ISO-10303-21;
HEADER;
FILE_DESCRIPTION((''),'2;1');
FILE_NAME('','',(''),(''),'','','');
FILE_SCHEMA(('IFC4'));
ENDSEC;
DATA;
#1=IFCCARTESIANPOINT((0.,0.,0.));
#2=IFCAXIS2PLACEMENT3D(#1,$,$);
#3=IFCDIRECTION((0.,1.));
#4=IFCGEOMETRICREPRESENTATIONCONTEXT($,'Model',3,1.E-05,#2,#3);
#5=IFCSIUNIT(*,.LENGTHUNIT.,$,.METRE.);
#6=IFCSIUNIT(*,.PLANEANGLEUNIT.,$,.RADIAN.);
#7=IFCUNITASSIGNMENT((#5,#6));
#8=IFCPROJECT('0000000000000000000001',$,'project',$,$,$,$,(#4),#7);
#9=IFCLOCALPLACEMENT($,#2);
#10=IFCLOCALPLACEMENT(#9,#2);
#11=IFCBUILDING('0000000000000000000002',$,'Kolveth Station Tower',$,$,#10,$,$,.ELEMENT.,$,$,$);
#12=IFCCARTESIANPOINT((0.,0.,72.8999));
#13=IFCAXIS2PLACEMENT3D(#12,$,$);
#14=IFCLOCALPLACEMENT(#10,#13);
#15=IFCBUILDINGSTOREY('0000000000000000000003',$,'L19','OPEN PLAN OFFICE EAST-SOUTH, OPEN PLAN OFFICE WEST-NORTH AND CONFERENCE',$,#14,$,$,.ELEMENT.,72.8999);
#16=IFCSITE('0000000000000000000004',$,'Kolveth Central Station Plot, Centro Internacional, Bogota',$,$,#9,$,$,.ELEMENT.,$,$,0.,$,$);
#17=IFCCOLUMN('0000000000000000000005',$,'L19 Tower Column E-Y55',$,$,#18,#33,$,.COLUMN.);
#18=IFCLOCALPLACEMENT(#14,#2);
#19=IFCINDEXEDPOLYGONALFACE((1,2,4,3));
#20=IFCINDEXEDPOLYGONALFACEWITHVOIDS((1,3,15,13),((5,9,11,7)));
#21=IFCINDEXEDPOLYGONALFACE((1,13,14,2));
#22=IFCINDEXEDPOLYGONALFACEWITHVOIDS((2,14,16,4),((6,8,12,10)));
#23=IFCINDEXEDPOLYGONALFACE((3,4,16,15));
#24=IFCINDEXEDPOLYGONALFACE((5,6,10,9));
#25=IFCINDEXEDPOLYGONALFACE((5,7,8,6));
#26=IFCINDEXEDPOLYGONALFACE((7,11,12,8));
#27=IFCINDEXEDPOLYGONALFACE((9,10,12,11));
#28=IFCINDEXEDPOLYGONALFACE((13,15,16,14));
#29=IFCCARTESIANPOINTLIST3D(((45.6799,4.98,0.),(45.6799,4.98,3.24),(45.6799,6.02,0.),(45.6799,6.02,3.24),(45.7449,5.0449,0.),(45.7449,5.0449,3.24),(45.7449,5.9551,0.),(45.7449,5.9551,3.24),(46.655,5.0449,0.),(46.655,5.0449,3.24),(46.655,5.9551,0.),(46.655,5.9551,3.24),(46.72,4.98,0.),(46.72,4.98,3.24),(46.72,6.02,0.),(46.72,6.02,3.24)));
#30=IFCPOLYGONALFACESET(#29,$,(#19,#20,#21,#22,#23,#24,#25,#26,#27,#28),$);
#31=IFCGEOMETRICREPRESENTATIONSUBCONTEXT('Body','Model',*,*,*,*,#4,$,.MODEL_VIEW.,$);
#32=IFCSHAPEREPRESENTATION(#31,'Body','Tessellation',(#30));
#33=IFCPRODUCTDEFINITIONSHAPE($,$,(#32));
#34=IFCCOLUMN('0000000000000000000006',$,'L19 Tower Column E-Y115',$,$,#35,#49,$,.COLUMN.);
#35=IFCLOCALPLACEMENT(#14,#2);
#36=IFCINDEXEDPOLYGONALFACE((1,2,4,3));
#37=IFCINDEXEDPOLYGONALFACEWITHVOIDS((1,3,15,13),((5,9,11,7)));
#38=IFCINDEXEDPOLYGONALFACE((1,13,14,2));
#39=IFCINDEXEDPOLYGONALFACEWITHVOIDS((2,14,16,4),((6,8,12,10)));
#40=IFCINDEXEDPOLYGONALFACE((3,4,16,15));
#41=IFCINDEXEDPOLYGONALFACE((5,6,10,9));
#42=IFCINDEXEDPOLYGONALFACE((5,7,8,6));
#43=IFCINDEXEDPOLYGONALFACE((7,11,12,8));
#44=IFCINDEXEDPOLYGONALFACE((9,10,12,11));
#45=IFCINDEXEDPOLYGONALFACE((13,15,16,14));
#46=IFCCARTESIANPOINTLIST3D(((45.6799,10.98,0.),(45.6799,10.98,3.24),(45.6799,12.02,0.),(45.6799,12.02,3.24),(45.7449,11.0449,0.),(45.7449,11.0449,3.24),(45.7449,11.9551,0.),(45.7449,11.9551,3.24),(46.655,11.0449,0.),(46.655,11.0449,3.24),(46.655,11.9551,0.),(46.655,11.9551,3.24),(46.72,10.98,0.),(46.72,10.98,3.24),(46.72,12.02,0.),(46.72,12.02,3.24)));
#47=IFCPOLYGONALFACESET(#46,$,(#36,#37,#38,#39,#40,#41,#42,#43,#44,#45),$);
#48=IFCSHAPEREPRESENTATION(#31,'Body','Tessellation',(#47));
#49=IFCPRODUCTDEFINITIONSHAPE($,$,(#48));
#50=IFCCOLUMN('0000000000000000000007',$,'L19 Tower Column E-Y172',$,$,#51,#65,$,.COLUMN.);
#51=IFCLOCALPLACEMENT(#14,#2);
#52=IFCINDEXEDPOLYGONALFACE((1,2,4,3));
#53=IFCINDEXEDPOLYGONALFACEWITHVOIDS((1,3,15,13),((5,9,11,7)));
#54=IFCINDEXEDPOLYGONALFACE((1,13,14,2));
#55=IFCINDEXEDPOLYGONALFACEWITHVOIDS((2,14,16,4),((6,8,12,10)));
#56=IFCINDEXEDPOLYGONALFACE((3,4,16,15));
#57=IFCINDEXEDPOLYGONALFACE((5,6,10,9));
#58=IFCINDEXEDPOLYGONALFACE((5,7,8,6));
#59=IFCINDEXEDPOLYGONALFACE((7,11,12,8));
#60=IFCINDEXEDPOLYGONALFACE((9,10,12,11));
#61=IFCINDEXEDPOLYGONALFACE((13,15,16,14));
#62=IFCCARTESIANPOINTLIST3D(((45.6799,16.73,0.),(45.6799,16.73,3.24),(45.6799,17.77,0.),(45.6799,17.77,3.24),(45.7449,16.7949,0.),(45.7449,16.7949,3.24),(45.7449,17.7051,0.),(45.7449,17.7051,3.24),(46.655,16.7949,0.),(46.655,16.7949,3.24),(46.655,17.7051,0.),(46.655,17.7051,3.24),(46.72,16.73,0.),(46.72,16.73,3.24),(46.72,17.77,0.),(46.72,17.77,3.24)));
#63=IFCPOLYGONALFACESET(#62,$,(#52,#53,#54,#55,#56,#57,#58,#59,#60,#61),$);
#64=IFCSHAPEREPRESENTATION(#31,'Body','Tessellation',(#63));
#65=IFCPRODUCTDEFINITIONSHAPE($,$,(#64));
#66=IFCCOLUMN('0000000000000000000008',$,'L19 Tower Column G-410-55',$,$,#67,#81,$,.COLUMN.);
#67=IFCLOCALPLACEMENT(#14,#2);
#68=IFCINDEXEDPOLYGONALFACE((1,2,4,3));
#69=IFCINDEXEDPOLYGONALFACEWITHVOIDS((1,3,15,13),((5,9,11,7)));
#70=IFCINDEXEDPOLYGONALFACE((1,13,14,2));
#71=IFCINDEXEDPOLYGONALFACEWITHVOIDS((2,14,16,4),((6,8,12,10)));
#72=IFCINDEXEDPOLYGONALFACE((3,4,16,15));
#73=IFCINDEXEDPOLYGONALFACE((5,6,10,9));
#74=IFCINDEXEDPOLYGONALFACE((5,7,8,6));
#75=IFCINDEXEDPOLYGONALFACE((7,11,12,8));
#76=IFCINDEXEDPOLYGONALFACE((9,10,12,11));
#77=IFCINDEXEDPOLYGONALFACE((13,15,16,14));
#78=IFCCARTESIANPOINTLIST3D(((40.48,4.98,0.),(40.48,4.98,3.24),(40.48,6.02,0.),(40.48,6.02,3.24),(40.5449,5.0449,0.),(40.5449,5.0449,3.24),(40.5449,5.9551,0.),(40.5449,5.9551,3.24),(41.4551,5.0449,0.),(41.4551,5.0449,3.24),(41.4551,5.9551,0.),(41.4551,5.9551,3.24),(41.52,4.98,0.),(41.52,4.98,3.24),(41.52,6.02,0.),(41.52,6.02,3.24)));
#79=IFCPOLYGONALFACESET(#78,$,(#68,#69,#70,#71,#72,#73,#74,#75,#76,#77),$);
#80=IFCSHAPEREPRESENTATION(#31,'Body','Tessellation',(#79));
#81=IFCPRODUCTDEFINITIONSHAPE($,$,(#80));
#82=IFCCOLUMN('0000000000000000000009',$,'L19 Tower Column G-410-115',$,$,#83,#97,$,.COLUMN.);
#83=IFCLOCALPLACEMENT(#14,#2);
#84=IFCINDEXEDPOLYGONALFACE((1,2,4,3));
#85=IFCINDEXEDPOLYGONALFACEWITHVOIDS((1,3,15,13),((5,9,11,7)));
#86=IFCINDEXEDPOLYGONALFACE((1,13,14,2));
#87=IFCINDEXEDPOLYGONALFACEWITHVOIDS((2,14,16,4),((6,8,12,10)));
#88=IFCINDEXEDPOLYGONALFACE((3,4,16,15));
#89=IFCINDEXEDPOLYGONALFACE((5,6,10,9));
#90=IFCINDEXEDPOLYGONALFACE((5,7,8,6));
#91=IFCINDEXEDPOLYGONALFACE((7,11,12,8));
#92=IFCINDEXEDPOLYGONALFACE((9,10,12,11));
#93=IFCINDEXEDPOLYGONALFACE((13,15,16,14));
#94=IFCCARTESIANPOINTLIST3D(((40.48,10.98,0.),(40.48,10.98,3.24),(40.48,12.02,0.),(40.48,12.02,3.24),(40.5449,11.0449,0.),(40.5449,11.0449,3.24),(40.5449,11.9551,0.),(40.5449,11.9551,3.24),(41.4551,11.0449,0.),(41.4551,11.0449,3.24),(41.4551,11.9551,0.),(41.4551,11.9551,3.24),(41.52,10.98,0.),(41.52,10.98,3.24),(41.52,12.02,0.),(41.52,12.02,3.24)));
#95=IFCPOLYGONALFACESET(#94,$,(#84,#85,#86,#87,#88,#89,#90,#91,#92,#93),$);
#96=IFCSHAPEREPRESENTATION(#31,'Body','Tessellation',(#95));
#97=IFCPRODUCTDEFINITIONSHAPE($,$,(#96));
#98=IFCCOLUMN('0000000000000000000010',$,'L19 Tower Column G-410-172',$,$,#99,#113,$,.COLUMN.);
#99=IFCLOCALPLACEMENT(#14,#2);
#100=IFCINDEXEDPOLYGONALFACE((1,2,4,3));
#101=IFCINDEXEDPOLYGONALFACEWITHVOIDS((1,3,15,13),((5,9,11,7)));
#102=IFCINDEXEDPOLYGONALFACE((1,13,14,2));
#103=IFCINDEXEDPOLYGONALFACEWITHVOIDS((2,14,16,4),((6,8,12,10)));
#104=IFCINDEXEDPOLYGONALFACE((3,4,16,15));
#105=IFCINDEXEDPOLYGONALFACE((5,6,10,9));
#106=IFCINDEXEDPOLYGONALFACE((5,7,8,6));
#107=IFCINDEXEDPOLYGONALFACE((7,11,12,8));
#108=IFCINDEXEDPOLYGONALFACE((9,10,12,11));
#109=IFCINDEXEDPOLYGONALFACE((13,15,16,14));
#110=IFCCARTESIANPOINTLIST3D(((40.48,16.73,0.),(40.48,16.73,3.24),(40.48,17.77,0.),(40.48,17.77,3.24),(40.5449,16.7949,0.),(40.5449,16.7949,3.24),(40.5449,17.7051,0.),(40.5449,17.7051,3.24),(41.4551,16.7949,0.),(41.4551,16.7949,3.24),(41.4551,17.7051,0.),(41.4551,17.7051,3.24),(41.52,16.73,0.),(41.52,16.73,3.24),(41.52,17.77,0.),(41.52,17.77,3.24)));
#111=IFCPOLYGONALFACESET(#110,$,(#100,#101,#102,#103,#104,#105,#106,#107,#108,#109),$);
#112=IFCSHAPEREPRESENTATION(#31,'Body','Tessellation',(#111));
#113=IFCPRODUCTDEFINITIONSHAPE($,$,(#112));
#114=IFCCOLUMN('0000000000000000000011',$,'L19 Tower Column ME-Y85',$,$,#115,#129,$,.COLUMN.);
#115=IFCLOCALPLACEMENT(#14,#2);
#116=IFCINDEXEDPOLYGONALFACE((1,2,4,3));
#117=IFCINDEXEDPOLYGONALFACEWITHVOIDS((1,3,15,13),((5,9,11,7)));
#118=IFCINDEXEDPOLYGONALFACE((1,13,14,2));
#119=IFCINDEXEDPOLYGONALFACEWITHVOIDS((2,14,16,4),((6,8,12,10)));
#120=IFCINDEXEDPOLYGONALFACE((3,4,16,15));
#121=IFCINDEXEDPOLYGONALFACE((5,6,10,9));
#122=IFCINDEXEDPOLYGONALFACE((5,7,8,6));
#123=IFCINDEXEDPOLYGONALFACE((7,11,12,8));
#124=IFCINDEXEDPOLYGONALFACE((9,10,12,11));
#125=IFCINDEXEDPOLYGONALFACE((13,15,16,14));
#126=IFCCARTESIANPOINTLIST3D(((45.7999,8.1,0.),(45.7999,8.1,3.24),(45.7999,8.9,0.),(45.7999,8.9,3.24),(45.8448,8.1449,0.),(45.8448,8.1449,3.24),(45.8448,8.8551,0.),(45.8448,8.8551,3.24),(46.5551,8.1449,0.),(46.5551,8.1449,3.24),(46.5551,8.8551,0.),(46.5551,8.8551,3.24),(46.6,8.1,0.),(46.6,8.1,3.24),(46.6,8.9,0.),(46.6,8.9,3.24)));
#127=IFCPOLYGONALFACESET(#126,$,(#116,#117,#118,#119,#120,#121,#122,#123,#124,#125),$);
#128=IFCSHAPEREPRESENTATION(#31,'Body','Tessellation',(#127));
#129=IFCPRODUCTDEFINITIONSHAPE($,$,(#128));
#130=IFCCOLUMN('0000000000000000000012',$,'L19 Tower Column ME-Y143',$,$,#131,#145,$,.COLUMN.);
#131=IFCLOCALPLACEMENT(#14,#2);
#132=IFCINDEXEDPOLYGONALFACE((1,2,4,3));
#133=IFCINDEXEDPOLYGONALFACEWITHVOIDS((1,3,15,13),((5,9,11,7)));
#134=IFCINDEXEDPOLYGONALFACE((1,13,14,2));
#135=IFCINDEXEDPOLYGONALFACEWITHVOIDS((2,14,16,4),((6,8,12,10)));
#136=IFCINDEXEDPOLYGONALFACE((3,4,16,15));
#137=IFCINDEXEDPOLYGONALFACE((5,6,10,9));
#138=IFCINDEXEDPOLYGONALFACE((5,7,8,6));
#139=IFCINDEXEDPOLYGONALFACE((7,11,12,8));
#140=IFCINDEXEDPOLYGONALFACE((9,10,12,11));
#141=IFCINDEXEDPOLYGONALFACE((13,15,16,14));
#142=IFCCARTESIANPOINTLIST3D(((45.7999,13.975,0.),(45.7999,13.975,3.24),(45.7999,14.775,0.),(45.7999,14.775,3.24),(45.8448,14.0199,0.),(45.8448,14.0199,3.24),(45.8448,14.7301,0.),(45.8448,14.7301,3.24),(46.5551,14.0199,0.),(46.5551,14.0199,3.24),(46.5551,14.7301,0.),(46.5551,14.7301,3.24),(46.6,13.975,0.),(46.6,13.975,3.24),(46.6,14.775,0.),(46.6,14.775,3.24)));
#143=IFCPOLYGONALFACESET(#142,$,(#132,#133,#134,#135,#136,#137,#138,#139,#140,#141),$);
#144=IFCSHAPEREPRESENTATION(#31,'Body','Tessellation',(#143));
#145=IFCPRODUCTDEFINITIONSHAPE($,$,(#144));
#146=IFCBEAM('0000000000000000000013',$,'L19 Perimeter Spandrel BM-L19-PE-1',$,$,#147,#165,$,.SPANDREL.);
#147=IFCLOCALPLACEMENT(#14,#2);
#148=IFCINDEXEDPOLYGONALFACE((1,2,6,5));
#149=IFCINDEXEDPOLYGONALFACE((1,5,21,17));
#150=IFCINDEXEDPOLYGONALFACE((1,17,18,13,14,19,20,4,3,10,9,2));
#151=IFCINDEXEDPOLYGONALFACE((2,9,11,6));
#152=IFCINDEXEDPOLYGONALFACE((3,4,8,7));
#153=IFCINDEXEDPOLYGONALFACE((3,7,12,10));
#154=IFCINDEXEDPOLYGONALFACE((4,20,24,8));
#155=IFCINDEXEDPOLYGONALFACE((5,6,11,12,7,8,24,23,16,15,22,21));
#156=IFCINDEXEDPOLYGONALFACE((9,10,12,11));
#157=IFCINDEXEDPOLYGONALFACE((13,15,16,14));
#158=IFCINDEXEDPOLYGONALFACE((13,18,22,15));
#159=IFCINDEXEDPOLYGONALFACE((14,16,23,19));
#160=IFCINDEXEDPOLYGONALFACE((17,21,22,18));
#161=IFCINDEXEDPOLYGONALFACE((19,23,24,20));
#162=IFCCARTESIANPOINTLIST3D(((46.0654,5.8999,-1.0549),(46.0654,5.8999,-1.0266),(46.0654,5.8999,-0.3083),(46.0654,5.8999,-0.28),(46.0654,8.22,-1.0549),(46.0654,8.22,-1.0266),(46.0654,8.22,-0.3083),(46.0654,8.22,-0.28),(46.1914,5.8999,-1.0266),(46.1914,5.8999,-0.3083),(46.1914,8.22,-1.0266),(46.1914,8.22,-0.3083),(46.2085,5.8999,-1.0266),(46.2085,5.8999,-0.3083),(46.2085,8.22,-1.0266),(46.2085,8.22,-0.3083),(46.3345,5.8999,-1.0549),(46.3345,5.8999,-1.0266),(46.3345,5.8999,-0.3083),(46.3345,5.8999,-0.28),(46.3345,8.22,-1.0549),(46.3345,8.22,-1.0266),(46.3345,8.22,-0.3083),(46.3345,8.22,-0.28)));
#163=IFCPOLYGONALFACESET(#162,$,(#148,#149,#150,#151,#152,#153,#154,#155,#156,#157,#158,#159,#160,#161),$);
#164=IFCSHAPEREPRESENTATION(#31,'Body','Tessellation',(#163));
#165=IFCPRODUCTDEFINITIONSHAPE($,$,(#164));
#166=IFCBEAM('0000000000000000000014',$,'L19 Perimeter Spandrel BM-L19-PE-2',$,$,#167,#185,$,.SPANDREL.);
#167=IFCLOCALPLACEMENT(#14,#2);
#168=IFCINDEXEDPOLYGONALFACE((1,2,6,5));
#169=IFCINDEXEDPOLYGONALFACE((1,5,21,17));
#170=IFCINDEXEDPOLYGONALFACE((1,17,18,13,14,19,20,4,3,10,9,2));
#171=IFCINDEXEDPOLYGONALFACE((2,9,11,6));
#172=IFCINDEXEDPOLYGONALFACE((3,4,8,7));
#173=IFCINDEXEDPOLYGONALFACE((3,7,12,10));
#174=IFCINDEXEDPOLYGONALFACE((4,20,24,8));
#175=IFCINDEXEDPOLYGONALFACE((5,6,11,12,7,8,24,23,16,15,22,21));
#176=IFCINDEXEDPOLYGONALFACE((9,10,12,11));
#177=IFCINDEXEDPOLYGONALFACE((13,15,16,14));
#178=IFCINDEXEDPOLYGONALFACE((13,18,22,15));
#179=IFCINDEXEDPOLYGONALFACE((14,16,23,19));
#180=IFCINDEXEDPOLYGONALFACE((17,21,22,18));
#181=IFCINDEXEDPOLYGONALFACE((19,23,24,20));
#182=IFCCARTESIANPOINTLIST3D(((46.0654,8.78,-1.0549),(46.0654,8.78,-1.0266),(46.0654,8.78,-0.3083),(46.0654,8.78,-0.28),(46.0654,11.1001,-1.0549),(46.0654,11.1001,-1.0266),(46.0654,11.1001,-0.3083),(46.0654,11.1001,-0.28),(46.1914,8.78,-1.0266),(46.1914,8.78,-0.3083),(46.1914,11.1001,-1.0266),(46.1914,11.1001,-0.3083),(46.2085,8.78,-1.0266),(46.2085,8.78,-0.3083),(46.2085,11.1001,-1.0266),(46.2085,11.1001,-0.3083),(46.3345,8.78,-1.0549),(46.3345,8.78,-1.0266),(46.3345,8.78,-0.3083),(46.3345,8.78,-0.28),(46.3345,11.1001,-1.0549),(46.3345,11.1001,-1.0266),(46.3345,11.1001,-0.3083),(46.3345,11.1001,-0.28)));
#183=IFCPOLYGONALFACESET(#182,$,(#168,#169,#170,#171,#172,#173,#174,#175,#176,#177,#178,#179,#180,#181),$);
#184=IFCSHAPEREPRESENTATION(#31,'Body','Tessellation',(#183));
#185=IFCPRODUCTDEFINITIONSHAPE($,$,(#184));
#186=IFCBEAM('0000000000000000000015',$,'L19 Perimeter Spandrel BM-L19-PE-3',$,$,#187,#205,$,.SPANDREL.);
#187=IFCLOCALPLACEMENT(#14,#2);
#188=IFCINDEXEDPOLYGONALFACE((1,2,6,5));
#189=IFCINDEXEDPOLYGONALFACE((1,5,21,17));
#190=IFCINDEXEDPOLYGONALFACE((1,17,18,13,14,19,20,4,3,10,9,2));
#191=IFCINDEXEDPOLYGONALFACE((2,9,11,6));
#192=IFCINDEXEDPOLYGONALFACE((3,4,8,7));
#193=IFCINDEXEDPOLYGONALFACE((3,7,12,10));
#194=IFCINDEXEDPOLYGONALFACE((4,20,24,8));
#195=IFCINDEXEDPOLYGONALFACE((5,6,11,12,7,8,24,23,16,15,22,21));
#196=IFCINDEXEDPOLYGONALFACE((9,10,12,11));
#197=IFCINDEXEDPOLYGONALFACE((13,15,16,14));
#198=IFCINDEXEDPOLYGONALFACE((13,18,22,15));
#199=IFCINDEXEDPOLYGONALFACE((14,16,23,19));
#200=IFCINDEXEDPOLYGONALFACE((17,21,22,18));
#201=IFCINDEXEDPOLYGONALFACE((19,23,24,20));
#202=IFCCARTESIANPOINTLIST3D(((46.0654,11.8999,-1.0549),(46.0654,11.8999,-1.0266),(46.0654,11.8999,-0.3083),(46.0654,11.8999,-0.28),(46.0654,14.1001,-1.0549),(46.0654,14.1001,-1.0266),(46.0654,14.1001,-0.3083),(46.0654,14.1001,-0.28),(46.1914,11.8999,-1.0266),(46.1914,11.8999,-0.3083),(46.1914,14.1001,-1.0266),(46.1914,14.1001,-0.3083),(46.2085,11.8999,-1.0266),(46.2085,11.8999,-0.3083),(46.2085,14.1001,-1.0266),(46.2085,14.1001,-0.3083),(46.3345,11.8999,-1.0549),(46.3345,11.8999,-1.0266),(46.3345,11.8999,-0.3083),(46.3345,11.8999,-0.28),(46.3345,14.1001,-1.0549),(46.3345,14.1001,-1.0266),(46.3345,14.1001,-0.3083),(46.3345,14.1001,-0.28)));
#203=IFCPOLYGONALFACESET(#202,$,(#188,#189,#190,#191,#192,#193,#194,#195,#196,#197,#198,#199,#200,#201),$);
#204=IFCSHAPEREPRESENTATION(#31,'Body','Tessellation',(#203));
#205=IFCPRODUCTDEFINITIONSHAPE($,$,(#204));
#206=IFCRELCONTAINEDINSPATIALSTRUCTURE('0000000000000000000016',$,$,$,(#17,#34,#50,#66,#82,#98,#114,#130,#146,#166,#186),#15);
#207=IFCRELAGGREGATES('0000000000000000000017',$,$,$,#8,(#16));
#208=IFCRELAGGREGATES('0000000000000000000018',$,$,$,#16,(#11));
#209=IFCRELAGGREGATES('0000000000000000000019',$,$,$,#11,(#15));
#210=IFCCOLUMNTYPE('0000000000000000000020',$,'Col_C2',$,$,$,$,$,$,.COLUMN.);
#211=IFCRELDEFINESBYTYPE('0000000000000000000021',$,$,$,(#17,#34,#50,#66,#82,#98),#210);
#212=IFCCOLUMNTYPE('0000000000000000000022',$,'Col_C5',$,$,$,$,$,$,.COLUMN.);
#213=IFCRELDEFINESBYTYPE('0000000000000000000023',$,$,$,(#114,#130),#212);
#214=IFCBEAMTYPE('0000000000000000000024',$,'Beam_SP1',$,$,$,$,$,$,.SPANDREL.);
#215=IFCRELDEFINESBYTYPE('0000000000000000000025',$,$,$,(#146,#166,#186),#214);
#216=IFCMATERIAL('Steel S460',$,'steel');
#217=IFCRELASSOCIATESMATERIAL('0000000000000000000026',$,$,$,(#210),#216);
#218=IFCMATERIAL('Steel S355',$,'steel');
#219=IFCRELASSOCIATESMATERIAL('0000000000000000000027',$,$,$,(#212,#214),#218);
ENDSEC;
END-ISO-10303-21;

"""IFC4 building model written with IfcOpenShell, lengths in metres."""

from ifc_helpers import new_model, si_unit, direction, frame, origin, origin_2d, place, context, subcontext, project, spatial, hollow_rectangle, i_section, extrude, source, transform, mapped, material, material_profile, profile_set, type_object, element, save


model = new_model("IFC4")

# Units and contexts
model_context = context("Model", 3, precision=1e-05, world=origin(), true_north=direction((0.0, 1.0)))
body_context = subcontext(model_context, "Body", "Model", "MODEL_VIEW")
ifc_project = project(units=[si_unit("LENGTHUNIT", "METRE"), si_unit("PLANEANGLEUNIT", "RADIAN")], contexts=[model_context])

# Site, building, storey
site_placement = place(None, origin())
site = spatial("IfcSite", under=ifc_project, at=site_placement, Name="Kolveth Central Station Plot, Centro Internacional, Bogota", CompositionType="ELEMENT", RefElevation=0.0)
building_placement = place(site_placement, origin())
building = spatial("IfcBuilding", under=site, at=building_placement, Name="Kolveth Station Tower", CompositionType="ELEMENT")
storey_placement = place(building_placement, frame((0.0, 0.0, 72.8999)))
storey = spatial("IfcBuildingStorey", under=building, at=storey_placement, Name="L19", Description="OPEN PLAN OFFICE EAST-SOUTH, OPEN PLAN OFFICE WEST-NORTH AND CONFERENCE", CompositionType="ELEMENT", Elevation=72.8999)

# Columns
ifc_material_1 = material(Name="Steel S460", Category="steel")
ifc_material_profile_1 = material_profile(ifc_material_1, hollow_rectangle(XDim=1.04, YDim=1.04, WallThickness=0.0649, at=origin_2d()), Name="BOX1040x1040x65")
ifc_profile_set_1 = profile_set([ifc_material_profile_1], Name="Steel S460")
column_type_1 = type_object("IfcColumnType", Name="Col_C2", PredefinedType="COLUMN", material=ifc_profile_set_1)
shared_shape_1 = source(origin(), body_context, "Body", "SweptSolid", [
    extrude(hollow_rectangle(XDim=1.04, YDim=1.04, WallThickness=0.0649, at=origin_2d()), origin(), (0.0, 0.0, 1.0), 3.24),
])
for number, where, z_axis, x_axis, name in (
    (1, (46.2, 5.5, 0.0), (0.0, 0.0, 1.0), (1.0, 0.0, 0.0), "L19 Tower Column E-Y55"),
    (2, (46.2, 11.5, 0.0), (0.0, 0.0, 1.0), (1.0, 0.0, 0.0), "L19 Tower Column E-Y115"),
    (3, (46.2, 17.25, 0.0), (0.0, 0.0, 1.0), (1.0, 0.0, 0.0), "L19 Tower Column E-Y172"),
    (4, (41.0, 5.5, 0.0), (0.0, 0.0, 1.0), (1.0, 0.0, 0.0), "L19 Tower Column G-410-55"),
    (5, (41.0, 11.5, 0.0), (0.0, 0.0, 1.0), (1.0, 0.0, 0.0), "L19 Tower Column G-410-115"),
    (6, (41.0, 17.25, 0.0), (0.0, 0.0, 1.0), (1.0, 0.0, 0.0), "L19 Tower Column G-410-172"),
):
    element("IfcColumn", number, at=place(storey_placement, frame(where, z_axis=z_axis, x_axis=x_axis)), inside=storey, type_object=column_type_1, Name=name, PredefinedType="COLUMN", context=body_context, shape_type="MappedRepresentation", body=[
        mapped(shared_shape_1, transform((0.0, 0.0, 0.0), x_axis=(1.0, 0.0, 0.0), y_axis=(0.0, 1.0, 0.0), z_axis=(0.0, 0.0, 1.0), scale=1.0)),
    ])
ifc_material_2 = material(Name="Steel S355", Category="steel")
ifc_material_profile_2 = material_profile(ifc_material_2, hollow_rectangle(XDim=0.8, YDim=0.8, WallThickness=0.0449, at=origin_2d()), Name="BOX800x800x45")
ifc_profile_set_2 = profile_set([ifc_material_profile_2], Name="Steel S355")
column_type_2 = type_object("IfcColumnType", Name="Col_C5", PredefinedType="COLUMN", material=ifc_profile_set_2)
shared_shape_2 = source(origin(), body_context, "Body", "SweptSolid", [
    extrude(hollow_rectangle(XDim=0.8, YDim=0.8, WallThickness=0.0449, at=origin_2d()), origin(), (0.0, 0.0, 1.0), 3.24),
])
for number, where, z_axis, x_axis, name in (
    (7, (46.2, 8.5, 0.0), (0.0, 0.0, 1.0), (1.0, 0.0, 0.0), "L19 Tower Column ME-Y85"),
    (8, (46.2, 14.375, 0.0), (0.0, 0.0, 1.0), (1.0, 0.0, 0.0), "L19 Tower Column ME-Y143"),
):
    element("IfcColumn", number, at=place(storey_placement, frame(where, z_axis=z_axis, x_axis=x_axis)), inside=storey, type_object=column_type_2, Name=name, PredefinedType="COLUMN", context=body_context, shape_type="MappedRepresentation", body=[
        mapped(shared_shape_2, transform((0.0, 0.0, 0.0), x_axis=(1.0, 0.0, 0.0), y_axis=(0.0, 1.0, 0.0), z_axis=(0.0, 0.0, 1.0), scale=1.0)),
    ])

# Beams
ifc_material_profile_3 = material_profile(ifc_material_2, i_section(OverallWidth=0.269, OverallDepth=0.7749, WebThickness=0.0171, FlangeThickness=0.0283, at=origin_2d()), Name="W760x220")
ifc_profile_set_3 = profile_set([ifc_material_profile_3], Name="Steel S355")
beam_type_1 = type_object("IfcBeamType", Name="Beam_SP1", PredefinedType="SPANDREL", material=ifc_profile_set_3)
shared_shape_3 = source(origin(), body_context, "Body", "SweptSolid", [
    extrude(i_section(OverallWidth=0.269, OverallDepth=0.7749, WebThickness=0.0171, FlangeThickness=0.0283, at=origin_2d()), origin(), (0.0, 0.0, 1.0), 2.3201),
])
for number, where, z_axis, x_axis, name in (
    (9, (46.2, 5.8999, -0.6675), (0.0, 1.0, 0.0), (-1.0, 0.0, 0.0), "L19 Perimeter Spandrel BM-L19-PE-1"),
    (10, (46.2, 8.78, -0.6675), (0.0, 1.0, 0.0), (-1.0, 0.0, 0.0), "L19 Perimeter Spandrel BM-L19-PE-2"),
):
    element("IfcBeam", number, at=place(storey_placement, frame(where, z_axis=z_axis, x_axis=x_axis)), inside=storey, type_object=beam_type_1, Name=name, PredefinedType="SPANDREL", context=body_context, shape_type="MappedRepresentation", body=[
        mapped(shared_shape_3, transform((0.0, 0.0, 0.0), x_axis=(1.0, 0.0, 0.0), y_axis=(0.0, 1.0, 0.0), z_axis=(0.0, 0.0, 1.0), scale=1.0)),
    ])
shared_shape_4 = source(origin(), body_context, "Body", "SweptSolid", [
    extrude(i_section(OverallWidth=0.269, OverallDepth=0.7749, WebThickness=0.0171, FlangeThickness=0.0283, at=origin_2d()), origin(), (0.0, 0.0, 1.0), 2.2002),
])
beam_1_placement = place(storey_placement, frame((46.2, 11.8999, -0.6675), z_axis=(0.0, 1.0, 0.0), x_axis=(-1.0, 0.0, 0.0)))
element("IfcBeam", 11, at=beam_1_placement, inside=storey, type_object=beam_type_1, Name="L19 Perimeter Spandrel BM-L19-PE-3", PredefinedType="SPANDREL", context=body_context, shape_type="MappedRepresentation", body=[
    mapped(shared_shape_4, transform((0.0, 0.0, 0.0), x_axis=(1.0, 0.0, 0.0), y_axis=(0.0, 1.0, 0.0), z_axis=(0.0, 0.0, 1.0), scale=1.0)),
])

save(model, "model.ifc")
